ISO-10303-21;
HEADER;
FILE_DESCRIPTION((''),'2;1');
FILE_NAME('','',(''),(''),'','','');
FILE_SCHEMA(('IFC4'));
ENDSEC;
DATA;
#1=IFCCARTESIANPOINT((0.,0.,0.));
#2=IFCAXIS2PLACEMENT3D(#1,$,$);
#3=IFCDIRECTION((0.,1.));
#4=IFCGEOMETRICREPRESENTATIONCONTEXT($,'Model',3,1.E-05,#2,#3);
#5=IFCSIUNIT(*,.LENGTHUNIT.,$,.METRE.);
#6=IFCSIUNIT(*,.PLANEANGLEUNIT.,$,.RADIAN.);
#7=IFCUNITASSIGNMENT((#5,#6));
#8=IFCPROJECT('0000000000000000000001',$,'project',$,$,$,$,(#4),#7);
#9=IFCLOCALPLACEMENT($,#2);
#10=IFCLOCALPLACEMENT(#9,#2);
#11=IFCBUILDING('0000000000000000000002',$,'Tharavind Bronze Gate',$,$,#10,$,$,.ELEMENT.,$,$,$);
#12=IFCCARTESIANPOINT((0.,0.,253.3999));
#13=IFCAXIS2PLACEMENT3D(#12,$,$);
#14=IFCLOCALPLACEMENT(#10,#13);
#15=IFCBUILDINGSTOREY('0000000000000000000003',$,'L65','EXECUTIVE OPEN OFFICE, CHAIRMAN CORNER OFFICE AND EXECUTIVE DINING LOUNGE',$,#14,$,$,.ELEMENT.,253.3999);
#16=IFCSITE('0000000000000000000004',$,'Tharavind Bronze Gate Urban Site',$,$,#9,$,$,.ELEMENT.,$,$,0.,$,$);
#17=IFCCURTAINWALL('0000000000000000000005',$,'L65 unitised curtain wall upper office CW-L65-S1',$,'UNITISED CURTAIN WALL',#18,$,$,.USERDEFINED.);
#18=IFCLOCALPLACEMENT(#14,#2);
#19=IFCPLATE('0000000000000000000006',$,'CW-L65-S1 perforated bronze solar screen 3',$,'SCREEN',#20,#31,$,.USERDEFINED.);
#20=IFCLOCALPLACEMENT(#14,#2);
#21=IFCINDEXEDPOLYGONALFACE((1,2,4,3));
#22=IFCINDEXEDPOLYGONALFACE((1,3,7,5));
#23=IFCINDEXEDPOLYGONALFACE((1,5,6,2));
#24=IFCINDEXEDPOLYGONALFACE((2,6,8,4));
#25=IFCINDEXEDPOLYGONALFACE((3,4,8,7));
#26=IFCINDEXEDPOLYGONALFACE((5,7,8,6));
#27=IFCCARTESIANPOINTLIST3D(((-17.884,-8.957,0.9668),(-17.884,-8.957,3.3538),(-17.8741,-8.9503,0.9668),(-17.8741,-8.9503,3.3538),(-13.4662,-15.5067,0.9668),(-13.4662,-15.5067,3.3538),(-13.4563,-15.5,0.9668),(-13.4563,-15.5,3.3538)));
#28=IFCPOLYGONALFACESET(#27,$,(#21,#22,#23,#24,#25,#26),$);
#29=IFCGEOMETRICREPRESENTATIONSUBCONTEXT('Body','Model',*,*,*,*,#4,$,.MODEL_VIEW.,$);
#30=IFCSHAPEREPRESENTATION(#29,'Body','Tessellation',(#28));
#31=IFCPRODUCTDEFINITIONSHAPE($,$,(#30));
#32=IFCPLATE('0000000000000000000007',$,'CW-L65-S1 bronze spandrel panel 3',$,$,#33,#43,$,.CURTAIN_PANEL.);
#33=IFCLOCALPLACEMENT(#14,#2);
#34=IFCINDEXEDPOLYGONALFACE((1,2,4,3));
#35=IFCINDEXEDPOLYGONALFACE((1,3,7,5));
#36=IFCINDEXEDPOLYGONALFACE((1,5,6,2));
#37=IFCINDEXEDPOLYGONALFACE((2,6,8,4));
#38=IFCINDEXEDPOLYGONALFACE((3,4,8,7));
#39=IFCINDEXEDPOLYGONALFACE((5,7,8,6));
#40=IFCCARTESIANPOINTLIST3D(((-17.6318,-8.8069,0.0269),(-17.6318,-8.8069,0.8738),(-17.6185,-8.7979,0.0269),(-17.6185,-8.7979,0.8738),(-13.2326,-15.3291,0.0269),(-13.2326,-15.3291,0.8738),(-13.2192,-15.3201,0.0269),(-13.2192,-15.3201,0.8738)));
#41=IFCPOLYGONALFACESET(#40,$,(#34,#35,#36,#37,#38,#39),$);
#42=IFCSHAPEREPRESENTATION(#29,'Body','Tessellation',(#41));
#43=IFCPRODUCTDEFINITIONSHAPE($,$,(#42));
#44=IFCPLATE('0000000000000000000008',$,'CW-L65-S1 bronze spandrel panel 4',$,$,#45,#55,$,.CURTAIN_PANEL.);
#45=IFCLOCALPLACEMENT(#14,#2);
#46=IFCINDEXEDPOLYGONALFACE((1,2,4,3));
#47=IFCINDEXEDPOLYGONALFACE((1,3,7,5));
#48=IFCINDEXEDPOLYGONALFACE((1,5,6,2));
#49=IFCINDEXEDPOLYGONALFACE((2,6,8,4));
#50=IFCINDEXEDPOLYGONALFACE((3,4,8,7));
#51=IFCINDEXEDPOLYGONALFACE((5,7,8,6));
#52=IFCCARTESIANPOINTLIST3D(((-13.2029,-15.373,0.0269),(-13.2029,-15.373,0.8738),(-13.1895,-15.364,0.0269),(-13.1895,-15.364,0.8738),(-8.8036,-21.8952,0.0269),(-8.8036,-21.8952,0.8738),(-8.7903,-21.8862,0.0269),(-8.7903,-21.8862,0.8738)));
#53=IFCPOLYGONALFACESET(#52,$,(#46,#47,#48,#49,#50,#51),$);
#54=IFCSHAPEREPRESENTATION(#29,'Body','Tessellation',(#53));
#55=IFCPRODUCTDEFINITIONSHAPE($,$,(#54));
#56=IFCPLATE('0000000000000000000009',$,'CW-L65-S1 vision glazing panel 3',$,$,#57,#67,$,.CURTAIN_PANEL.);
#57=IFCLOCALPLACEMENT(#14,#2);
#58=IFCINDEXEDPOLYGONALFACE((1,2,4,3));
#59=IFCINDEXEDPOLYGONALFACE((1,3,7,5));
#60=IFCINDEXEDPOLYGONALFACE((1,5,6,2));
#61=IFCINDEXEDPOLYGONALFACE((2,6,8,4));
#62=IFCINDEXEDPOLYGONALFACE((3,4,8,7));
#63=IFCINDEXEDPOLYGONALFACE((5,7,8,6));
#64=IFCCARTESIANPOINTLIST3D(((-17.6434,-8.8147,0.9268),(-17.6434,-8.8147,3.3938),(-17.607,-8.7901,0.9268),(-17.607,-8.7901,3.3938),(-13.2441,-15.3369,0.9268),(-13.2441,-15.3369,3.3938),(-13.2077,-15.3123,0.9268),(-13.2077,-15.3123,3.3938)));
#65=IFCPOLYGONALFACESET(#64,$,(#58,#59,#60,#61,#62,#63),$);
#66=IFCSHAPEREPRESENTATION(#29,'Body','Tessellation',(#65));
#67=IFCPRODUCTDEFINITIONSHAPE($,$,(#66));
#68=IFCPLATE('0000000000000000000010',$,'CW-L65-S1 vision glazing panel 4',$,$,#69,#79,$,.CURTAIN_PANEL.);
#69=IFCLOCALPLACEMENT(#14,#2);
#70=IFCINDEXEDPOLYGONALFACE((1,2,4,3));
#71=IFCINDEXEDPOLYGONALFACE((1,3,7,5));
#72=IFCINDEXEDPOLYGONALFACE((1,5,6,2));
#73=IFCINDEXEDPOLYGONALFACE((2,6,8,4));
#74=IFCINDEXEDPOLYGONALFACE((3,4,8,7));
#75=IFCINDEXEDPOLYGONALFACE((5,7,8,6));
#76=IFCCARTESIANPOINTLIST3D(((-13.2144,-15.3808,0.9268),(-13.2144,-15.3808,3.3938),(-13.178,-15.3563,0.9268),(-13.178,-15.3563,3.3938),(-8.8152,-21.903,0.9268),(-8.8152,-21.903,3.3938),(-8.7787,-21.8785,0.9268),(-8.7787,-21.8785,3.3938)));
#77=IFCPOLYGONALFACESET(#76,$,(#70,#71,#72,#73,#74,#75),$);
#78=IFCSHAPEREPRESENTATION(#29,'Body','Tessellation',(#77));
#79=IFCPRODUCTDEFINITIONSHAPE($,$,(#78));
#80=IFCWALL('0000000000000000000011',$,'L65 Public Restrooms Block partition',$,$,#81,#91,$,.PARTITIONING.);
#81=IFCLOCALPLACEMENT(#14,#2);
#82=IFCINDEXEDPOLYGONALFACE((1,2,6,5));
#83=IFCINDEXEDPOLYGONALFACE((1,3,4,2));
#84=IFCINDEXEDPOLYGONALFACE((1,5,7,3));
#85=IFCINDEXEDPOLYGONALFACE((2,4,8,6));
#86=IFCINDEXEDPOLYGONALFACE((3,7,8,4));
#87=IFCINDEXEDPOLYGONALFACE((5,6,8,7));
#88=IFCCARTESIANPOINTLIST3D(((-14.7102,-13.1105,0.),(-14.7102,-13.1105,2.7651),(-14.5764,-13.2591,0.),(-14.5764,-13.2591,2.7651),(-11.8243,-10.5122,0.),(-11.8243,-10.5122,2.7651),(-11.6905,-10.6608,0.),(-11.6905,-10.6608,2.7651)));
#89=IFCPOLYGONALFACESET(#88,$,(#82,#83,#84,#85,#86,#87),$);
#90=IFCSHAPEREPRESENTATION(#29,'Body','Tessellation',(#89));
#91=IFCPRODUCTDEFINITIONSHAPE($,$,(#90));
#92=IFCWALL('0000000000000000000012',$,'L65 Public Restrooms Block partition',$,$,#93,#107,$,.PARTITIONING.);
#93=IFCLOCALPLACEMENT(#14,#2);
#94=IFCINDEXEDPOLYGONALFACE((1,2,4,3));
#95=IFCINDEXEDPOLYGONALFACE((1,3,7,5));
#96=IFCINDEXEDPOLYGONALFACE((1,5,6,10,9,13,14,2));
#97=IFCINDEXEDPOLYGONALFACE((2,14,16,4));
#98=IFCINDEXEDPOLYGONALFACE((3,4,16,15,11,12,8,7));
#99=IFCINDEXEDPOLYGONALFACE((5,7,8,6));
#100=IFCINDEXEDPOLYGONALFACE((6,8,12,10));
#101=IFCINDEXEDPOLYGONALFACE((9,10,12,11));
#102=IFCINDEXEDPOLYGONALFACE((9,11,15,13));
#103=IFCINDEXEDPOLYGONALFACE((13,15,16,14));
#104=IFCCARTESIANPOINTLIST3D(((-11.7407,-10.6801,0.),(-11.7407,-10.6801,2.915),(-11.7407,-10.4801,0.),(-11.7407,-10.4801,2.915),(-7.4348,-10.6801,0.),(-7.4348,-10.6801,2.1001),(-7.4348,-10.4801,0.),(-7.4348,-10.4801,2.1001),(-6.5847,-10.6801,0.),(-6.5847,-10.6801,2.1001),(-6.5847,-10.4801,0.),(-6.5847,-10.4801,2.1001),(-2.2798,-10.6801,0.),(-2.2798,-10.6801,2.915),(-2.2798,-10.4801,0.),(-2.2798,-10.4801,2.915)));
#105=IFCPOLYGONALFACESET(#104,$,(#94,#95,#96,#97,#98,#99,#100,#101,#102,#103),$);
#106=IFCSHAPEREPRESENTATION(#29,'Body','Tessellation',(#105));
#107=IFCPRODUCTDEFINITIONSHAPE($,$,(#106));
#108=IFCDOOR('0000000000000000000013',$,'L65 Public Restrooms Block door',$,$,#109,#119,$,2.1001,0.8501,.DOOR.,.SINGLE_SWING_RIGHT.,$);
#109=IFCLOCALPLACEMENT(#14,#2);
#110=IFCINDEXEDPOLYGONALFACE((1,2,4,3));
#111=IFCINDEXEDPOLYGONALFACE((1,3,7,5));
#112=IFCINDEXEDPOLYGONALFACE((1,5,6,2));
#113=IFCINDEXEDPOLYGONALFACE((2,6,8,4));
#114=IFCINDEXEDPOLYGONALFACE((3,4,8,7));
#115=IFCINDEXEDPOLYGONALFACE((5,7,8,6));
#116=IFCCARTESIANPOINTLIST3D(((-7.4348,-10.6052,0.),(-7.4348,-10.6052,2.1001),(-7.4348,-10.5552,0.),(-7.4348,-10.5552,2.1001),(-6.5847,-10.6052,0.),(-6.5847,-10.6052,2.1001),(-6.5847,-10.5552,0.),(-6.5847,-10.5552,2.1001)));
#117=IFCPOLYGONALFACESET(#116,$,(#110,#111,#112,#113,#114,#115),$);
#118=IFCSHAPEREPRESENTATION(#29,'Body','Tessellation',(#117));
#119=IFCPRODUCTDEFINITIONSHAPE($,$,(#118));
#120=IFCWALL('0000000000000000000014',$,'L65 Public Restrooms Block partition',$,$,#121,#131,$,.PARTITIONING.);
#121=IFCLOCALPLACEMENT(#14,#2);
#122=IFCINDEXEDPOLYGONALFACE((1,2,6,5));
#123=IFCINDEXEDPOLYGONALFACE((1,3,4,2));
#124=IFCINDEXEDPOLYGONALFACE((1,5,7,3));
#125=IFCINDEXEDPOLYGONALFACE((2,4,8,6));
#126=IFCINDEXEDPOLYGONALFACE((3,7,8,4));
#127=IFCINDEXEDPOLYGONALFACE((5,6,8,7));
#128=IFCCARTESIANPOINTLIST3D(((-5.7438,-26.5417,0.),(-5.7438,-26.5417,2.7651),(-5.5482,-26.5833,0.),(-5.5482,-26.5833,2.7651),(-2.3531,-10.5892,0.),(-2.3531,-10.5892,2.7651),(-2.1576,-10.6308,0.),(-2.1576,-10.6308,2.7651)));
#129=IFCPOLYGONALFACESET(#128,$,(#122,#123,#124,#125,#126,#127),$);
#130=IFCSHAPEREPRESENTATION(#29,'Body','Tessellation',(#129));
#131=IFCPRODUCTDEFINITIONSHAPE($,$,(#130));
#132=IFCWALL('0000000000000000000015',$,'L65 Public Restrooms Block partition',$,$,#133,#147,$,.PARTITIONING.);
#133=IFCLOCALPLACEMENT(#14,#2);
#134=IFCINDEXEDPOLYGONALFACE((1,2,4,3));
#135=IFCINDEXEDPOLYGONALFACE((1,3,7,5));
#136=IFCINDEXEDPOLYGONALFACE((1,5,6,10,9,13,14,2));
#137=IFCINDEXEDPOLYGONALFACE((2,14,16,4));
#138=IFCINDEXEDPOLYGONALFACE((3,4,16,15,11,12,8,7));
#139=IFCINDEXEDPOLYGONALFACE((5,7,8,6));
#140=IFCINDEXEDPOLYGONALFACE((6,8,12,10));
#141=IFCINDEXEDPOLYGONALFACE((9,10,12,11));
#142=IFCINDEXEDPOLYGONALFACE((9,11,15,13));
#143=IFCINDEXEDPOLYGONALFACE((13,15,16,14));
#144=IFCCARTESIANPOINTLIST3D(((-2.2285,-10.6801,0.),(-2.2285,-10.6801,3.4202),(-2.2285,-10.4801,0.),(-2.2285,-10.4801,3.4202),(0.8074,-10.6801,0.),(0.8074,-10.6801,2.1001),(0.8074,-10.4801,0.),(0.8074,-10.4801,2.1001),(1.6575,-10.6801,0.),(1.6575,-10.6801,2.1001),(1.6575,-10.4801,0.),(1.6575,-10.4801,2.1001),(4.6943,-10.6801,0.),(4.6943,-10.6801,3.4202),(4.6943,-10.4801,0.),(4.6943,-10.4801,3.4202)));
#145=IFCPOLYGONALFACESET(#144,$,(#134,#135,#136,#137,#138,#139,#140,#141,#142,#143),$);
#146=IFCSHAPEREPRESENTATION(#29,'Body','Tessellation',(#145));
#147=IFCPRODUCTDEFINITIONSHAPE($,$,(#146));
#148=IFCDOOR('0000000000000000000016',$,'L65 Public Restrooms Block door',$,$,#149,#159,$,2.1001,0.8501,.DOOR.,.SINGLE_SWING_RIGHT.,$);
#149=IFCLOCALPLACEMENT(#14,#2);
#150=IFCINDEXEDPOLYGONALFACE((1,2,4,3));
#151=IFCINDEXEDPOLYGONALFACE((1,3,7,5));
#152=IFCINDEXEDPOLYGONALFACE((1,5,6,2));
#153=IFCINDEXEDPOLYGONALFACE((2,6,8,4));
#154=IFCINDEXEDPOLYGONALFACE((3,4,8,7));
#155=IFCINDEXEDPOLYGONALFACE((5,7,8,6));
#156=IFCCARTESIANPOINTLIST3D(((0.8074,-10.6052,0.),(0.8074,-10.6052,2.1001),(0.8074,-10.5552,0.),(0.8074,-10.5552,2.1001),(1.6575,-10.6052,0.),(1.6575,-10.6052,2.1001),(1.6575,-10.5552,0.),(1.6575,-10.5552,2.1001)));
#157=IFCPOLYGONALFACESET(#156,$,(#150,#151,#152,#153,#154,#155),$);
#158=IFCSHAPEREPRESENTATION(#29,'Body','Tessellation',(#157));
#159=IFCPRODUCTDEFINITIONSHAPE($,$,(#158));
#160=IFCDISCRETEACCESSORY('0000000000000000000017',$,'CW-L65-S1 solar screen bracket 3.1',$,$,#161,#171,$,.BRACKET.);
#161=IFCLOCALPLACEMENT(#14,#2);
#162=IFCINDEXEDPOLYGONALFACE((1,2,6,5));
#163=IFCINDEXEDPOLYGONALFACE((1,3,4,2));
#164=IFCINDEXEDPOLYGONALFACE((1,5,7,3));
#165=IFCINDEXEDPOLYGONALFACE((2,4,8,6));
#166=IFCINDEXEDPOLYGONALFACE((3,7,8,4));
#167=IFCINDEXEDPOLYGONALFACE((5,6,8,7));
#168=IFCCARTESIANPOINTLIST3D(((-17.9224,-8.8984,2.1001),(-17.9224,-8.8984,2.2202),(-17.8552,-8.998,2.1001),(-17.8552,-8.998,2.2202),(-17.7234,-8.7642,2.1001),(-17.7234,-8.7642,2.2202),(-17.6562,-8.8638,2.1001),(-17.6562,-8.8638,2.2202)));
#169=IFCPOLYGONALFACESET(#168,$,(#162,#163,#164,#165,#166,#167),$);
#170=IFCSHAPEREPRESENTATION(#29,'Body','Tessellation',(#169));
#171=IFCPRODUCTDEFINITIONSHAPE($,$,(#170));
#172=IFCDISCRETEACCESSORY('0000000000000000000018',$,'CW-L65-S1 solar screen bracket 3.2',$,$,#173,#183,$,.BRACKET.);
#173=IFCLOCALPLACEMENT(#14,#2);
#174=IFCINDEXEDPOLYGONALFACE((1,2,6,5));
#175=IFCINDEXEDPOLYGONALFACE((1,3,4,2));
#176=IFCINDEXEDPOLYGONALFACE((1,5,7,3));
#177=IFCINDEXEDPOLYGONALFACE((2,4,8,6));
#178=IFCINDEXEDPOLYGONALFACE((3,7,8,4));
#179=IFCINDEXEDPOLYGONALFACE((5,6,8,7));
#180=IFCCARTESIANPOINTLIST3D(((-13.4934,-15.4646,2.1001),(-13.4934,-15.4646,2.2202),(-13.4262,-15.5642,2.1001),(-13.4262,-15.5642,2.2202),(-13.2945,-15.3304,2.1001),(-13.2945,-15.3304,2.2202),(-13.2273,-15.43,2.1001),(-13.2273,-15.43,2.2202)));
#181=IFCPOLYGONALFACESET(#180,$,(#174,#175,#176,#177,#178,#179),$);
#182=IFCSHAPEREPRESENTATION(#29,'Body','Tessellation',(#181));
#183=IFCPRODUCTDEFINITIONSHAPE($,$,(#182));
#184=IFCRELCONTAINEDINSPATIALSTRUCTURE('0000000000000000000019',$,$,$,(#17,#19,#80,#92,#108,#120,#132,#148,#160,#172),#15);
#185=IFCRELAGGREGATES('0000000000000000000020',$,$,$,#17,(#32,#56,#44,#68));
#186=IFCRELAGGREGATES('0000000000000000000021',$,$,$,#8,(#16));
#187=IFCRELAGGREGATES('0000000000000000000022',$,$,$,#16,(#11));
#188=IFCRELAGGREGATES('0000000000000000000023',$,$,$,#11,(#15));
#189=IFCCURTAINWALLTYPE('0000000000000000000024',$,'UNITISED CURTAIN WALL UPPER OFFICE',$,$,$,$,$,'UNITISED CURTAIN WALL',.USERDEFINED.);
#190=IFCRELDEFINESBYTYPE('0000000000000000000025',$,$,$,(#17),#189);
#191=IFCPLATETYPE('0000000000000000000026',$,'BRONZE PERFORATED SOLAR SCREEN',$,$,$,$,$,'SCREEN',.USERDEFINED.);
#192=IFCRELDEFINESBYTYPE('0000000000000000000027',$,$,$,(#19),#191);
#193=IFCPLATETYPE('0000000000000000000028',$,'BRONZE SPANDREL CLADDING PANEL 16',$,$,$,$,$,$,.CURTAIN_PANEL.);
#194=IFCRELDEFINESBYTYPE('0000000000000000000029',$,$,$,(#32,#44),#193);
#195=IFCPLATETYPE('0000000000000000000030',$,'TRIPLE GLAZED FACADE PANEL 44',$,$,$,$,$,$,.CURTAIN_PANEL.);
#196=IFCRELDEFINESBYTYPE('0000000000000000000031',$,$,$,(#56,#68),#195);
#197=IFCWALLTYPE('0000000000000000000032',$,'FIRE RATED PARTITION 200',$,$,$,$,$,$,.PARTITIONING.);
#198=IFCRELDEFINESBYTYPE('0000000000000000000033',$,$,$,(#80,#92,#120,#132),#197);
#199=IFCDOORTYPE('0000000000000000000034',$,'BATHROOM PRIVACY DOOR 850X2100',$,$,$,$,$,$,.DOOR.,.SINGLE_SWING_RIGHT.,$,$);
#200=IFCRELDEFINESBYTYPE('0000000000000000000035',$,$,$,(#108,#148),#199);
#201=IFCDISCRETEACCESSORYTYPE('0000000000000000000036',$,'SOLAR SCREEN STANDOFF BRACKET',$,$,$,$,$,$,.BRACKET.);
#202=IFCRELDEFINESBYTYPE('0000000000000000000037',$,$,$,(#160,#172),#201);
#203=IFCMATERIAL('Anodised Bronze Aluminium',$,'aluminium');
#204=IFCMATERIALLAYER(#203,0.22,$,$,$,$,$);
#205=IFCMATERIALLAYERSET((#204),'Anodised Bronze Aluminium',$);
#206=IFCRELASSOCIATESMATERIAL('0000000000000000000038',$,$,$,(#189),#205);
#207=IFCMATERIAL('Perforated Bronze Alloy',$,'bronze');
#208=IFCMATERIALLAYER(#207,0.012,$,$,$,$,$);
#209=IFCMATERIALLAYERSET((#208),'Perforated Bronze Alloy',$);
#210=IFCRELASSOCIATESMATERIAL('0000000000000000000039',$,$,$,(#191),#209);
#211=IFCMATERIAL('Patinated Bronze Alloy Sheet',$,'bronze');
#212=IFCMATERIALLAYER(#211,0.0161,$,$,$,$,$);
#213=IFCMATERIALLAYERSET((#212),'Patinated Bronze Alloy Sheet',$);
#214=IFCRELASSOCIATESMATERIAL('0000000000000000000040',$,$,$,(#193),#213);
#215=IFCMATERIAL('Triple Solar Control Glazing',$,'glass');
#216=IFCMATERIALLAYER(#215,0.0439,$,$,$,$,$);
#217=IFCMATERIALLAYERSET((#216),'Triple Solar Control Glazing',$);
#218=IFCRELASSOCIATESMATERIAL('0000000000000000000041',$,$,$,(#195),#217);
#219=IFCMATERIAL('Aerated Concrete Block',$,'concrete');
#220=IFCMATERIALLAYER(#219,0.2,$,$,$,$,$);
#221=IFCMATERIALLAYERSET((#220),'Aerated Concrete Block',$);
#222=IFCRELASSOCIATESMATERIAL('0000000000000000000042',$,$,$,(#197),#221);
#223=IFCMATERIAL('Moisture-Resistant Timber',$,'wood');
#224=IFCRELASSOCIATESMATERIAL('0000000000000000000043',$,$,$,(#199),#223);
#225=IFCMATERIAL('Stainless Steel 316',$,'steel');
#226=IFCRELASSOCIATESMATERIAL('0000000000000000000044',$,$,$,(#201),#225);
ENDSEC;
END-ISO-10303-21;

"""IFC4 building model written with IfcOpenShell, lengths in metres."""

from ifc_helpers import new_model, si_unit, direction, frame, frame_2d, origin, origin_2d, place, context, subcontext, project, spatial, rectangle, extrude, material, layer, layer_set, type_object, element, fill, aggregate, save


model = new_model("IFC4")

# Units and contexts
model_context = context("Model", 3, precision=1e-05, world=origin(), true_north=direction((0.0, 1.0)))
body_context = subcontext(model_context, "Body", "Model", "MODEL_VIEW")
ifc_project = project(units=[si_unit("LENGTHUNIT", "METRE"), si_unit("PLANEANGLEUNIT", "RADIAN")], contexts=[model_context])

# Site, building, storey
site_placement = place(None, origin())
site = spatial("IfcSite", under=ifc_project, at=site_placement, Name="Tharavind Bronze Gate Urban Site", CompositionType="ELEMENT", RefElevation=0.0)
building_placement = place(site_placement, origin())
building = spatial("IfcBuilding", under=site, at=building_placement, Name="Tharavind Bronze Gate", CompositionType="ELEMENT")
storey_placement = place(building_placement, frame((0.0, 0.0, 253.3999)))
storey = spatial("IfcBuildingStorey", under=building, at=storey_placement, Name="L65", Description="EXECUTIVE OPEN OFFICE, CHAIRMAN CORNER OFFICE AND EXECUTIVE DINING LOUNGE", CompositionType="ELEMENT", Elevation=253.3999)

# Curtain wall
ifc_material_1 = material(Name="Anodised Bronze Aluminium", Category="aluminium")
ifc_layer_1 = layer(ifc_material_1, 0.22)
ifc_layer_set_1 = layer_set([ifc_layer_1], Name="Anodised Bronze Aluminium")
curtain_wall_type = type_object("IfcCurtainWallType", Name="UNITISED CURTAIN WALL UPPER OFFICE", ElementType="UNITISED CURTAIN WALL", PredefinedType="USERDEFINED", material=ifc_layer_set_1)
curtain_wall_placement = place(storey_placement, origin())
curtain_wall = element("IfcCurtainWall", 1, at=curtain_wall_placement, inside=storey, type_object=curtain_wall_type, Name="L65 unitised curtain wall upper office CW-L65-S1", ObjectType="UNITISED CURTAIN WALL", PredefinedType="USERDEFINED")

# Plates
ifc_material_2 = material(Name="Perforated Bronze Alloy", Category="bronze")
ifc_layer_2 = layer(ifc_material_2, 0.012)
ifc_layer_set_2 = layer_set([ifc_layer_2], Name="Perforated Bronze Alloy")
plate_type_1 = type_object("IfcPlateType", Name="BRONZE PERFORATED SOLAR SCREEN", ElementType="SCREEN", PredefinedType="USERDEFINED", material=ifc_layer_set_2)
plate_1_placement = place(storey_placement, frame((-15.6702, -12.2285, 0.9668), z_axis=(0.0, 0.0, 1.0), x_axis=(0.559191, -0.829039, 0.0)))
element("IfcPlate", 2, at=plate_1_placement, inside=storey, type_object=plate_type_1, Name="CW-L65-S1 perforated bronze solar screen 3", ObjectType="SCREEN", PredefinedType="USERDEFINED", context=body_context, shape_type="SweptSolid", body=[
    extrude(rectangle(XDim=7.9004, YDim=0.012, at=origin_2d()), origin(), (0.0, 0.0, 1.0), 2.387),
])
ifc_material_3 = material(Name="Patinated Bronze Alloy Sheet", Category="bronze")
ifc_layer_3 = layer(ifc_material_3, 0.0161)
ifc_layer_set_3 = layer_set([ifc_layer_3], Name="Patinated Bronze Alloy Sheet")
plate_type_2 = type_object("IfcPlateType", Name="BRONZE SPANDREL CLADDING PANEL 16", PredefinedType="CURTAIN_PANEL", material=ifc_layer_set_3)
plate_2_placement = place(storey_placement, frame((-15.4255, -12.0635, 0.0269), z_axis=(0.0, 0.0, 1.0), x_axis=(0.559191, -0.829039, 0.0)))
plate_2 = element("IfcPlate", 3, at=plate_2_placement, type_object=plate_type_2, Name="CW-L65-S1 bronze spandrel panel 3", PredefinedType="CURTAIN_PANEL", context=body_context, shape_type="SweptSolid", body=[
    extrude(rectangle(XDim=7.8672, YDim=0.0161, at=origin_2d()), origin(), (0.0, 0.0, 1.0), 0.8469),
])
plate_3_placement = place(storey_placement, frame((-10.9966, -18.6296, 0.0269), z_axis=(0.0, 0.0, 1.0), x_axis=(0.559191, -0.829039, 0.0)))
plate_3 = element("IfcPlate", 4, at=plate_3_placement, type_object=plate_type_2, Name="CW-L65-S1 bronze spandrel panel 4", PredefinedType="CURTAIN_PANEL", context=body_context, shape_type="SweptSolid", body=[
    extrude(rectangle(XDim=7.8672, YDim=0.0161, at=origin_2d()), origin(), (0.0, 0.0, 1.0), 0.8469),
])
ifc_material_4 = material(Name="Triple Solar Control Glazing", Category="glass")
ifc_layer_4 = layer(ifc_material_4, 0.0439)
ifc_layer_set_4 = layer_set([ifc_layer_4], Name="Triple Solar Control Glazing")
plate_type_3 = type_object("IfcPlateType", Name="TRIPLE GLAZED FACADE PANEL 44", PredefinedType="CURTAIN_PANEL", material=ifc_layer_set_4)
plate_4_placement = place(storey_placement, frame((-15.4255, -12.0635, 0.9268), z_axis=(0.0, 0.0, 1.0), x_axis=(0.559191, -0.829039, 0.0)))
plate_4 = element("IfcPlate", 5, at=plate_4_placement, type_object=plate_type_3, Name="CW-L65-S1 vision glazing panel 3", PredefinedType="CURTAIN_PANEL", context=body_context, shape_type="SweptSolid", body=[
    extrude(rectangle(XDim=7.8672, YDim=0.0439, at=origin_2d()), origin(), (0.0, 0.0, 1.0), 2.467),
])
plate_5_placement = place(storey_placement, frame((-10.9966, -18.6296, 0.9268), z_axis=(0.0, 0.0, 1.0), x_axis=(0.559191, -0.829039, 0.0)))
plate_5 = element("IfcPlate", 6, at=plate_5_placement, type_object=plate_type_3, Name="CW-L65-S1 vision glazing panel 4", PredefinedType="CURTAIN_PANEL", context=body_context, shape_type="SweptSolid", body=[
    extrude(rectangle(XDim=7.8672, YDim=0.0439, at=origin_2d()), origin(), (0.0, 0.0, 1.0), 2.467),
])
aggregate(curtain_wall, [plate_2, plate_4, plate_3, plate_5])

# Wall
ifc_material_5 = material(Name="Aerated Concrete Block", Category="concrete")
ifc_layer_5 = layer(ifc_material_5, 0.2)
ifc_layer_set_5 = layer_set([ifc_layer_5], Name="Aerated Concrete Block")
wall_type = type_object("IfcWallType", Name="FIRE RATED PARTITION 200", PredefinedType="PARTITIONING", material=ifc_layer_set_5)
wall_1_placement = place(storey_placement, frame((-14.6433, -13.1848, 0.0), z_axis=(0.0, 0.0, 1.0), x_axis=(0.743166, 0.669107, 0.0)))
element("IfcWall", 7, at=wall_1_placement, inside=storey, type_object=wall_type, Name="L65 Public Restrooms Block partition", PredefinedType="PARTITIONING", context=body_context, shape_type="SweptSolid", body=[
    extrude(rectangle(XDim=3.8833, YDim=0.2, at=frame_2d((1.9417, 0.0))), origin(), (0.0, 0.0, 1.0), 2.7651),
])

# Wall, opening, door
wall_2_placement = place(storey_placement, frame((-11.7407, -10.5801, 0.0), z_axis=(0.0, 0.0, 1.0), x_axis=(1.0, 0.0, 0.0)))
wall_2 = element("IfcWall", 8, at=wall_2_placement, inside=storey, type_object=wall_type, Name="L65 Public Restrooms Block partition", PredefinedType="PARTITIONING", context=body_context, shape_type="SweptSolid", body=[
    extrude(rectangle(XDim=9.4609, YDim=0.2, at=frame_2d((4.7305, 0.0))), origin(), (0.0, 0.0, 1.0), 2.915),
])
opening_1_placement = place(wall_2_placement, frame((4.3059, 0.0, 0.0)))
opening_1 = element("IfcOpeningElement", 9, at=opening_1_placement, cuts=wall_2, PredefinedType="OPENING", context=body_context, shape_type="SweptSolid", body=[
    extrude(rectangle(XDim=0.8501, YDim=2.1001, at=frame_2d((0.425, 1.05))), frame((0.0, 0.1101, 0.0), z_axis=(0.0, -1.0, 0.0), x_axis=(1.0, 0.0, 0.0)), (0.0, 0.0, 1.0), 0.22),
])
ifc_material_6 = material(Name="Moisture-Resistant Timber", Category="wood")
door_type = type_object("IfcDoorType", Name="BATHROOM PRIVACY DOOR 850X2100", OperationType="SINGLE_SWING_RIGHT", PredefinedType="DOOR", material=ifc_material_6)
door_1_placement = place(opening_1_placement, origin())
door_1 = element("IfcDoor", 10, at=door_1_placement, inside=storey, type_object=door_type, Name="L65 Public Restrooms Block door", OperationType="SINGLE_SWING_RIGHT", OverallHeight=2.1001, OverallWidth=0.8501, PredefinedType="DOOR", context=body_context, shape_type="SweptSolid", body=[
    extrude(rectangle(XDim=0.8501, YDim=2.1001, at=frame_2d((0.425, 1.05))), frame((0.0, 0.0249, 0.0), z_axis=(0.0, -1.0, 0.0), x_axis=(1.0, 0.0, 0.0)), (0.0, 0.0, 1.0), 0.05),
])
fill(opening_1, door_1)

# Wall
wall_3_placement = place(storey_placement, frame((-2.2554, -10.6101, 0.0), z_axis=(0.0, 0.0, 1.0), x_axis=(-0.207902, -0.97815, 0.0)))
element("IfcWall", 11, at=wall_3_placement, inside=storey, type_object=wall_type, Name="L65 Public Restrooms Block partition", PredefinedType="PARTITIONING", context=body_context, shape_type="SweptSolid", body=[
    extrude(rectangle(XDim=16.3088, YDim=0.2, at=frame_2d((8.1543, 0.0))), origin(), (0.0, 0.0, 1.0), 2.7651),
])

# Wall, opening, door
wall_4_placement = place(storey_placement, frame((-2.2285, -10.5801, 0.0), z_axis=(0.0, 0.0, 1.0), x_axis=(1.0, 0.0, 0.0)))
wall_4 = element("IfcWall", 12, at=wall_4_placement, inside=storey, type_object=wall_type, Name="L65 Public Restrooms Block partition", PredefinedType="PARTITIONING", context=body_context, shape_type="SweptSolid", body=[
    extrude(rectangle(XDim=6.9229, YDim=0.2, at=frame_2d((3.4614, 0.0))), origin(), (0.0, 0.0, 1.0), 3.4202),
])
opening_2_placement = place(wall_4_placement, frame((3.0359, 0.0, 0.0)))
opening_2 = element("IfcOpeningElement", 13, at=opening_2_placement, cuts=wall_4, PredefinedType="OPENING", context=body_context, shape_type="SweptSolid", body=[
    extrude(rectangle(XDim=0.8501, YDim=2.1001, at=frame_2d((0.425, 1.05))), frame((0.0, 0.1101, 0.0), z_axis=(0.0, -1.0, 0.0), x_axis=(1.0, 0.0, 0.0)), (0.0, 0.0, 1.0), 0.22),
])
door_2_placement = place(opening_2_placement, origin())
door_2 = element("IfcDoor", 14, at=door_2_placement, inside=storey, type_object=door_type, Name="L65 Public Restrooms Block door", OperationType="SINGLE_SWING_RIGHT", OverallHeight=2.1001, OverallWidth=0.8501, PredefinedType="DOOR", context=body_context, shape_type="SweptSolid", body=[
    extrude(rectangle(XDim=0.8501, YDim=2.1001, at=frame_2d((0.425, 1.05))), frame((0.0, 0.0249, 0.0), z_axis=(0.0, -1.0, 0.0), x_axis=(1.0, 0.0, 0.0)), (0.0, 0.0, 1.0), 0.05),
])
fill(opening_2, door_2)

# Discrete accessories
ifc_material_7 = material(Name="Stainless Steel 316", Category="steel")
discrete_accessory_type = type_object("IfcDiscreteAccessoryType", Name="SOLAR SCREEN STANDOFF BRACKET", PredefinedType="BRACKET", material=ifc_material_7)
for number, where, z_axis, x_axis, name in (
    (15, (-17.7893, -8.8811, 2.1001), (0.0, 0.0, 1.0), (0.559191, -0.829039, 0.0), "CW-L65-S1 solar screen bracket 3.1"),
    (16, (-13.3604, -15.4473, 2.1001), (0.0, 0.0, 1.0), (0.559191, -0.829039, 0.0), "CW-L65-S1 solar screen bracket 3.2"),
):
    element("IfcDiscreteAccessory", number, at=place(storey_placement, frame(where, z_axis=z_axis, x_axis=x_axis)), inside=storey, type_object=discrete_accessory_type, Name=name, PredefinedType="BRACKET", context=body_context, shape_type="SweptSolid", body=[
        extrude(rectangle(XDim=0.1201, YDim=0.24, at=origin_2d()), origin(), (0.0, 0.0, 1.0), 0.1201),
    ])

save(model, "model.ifc")
